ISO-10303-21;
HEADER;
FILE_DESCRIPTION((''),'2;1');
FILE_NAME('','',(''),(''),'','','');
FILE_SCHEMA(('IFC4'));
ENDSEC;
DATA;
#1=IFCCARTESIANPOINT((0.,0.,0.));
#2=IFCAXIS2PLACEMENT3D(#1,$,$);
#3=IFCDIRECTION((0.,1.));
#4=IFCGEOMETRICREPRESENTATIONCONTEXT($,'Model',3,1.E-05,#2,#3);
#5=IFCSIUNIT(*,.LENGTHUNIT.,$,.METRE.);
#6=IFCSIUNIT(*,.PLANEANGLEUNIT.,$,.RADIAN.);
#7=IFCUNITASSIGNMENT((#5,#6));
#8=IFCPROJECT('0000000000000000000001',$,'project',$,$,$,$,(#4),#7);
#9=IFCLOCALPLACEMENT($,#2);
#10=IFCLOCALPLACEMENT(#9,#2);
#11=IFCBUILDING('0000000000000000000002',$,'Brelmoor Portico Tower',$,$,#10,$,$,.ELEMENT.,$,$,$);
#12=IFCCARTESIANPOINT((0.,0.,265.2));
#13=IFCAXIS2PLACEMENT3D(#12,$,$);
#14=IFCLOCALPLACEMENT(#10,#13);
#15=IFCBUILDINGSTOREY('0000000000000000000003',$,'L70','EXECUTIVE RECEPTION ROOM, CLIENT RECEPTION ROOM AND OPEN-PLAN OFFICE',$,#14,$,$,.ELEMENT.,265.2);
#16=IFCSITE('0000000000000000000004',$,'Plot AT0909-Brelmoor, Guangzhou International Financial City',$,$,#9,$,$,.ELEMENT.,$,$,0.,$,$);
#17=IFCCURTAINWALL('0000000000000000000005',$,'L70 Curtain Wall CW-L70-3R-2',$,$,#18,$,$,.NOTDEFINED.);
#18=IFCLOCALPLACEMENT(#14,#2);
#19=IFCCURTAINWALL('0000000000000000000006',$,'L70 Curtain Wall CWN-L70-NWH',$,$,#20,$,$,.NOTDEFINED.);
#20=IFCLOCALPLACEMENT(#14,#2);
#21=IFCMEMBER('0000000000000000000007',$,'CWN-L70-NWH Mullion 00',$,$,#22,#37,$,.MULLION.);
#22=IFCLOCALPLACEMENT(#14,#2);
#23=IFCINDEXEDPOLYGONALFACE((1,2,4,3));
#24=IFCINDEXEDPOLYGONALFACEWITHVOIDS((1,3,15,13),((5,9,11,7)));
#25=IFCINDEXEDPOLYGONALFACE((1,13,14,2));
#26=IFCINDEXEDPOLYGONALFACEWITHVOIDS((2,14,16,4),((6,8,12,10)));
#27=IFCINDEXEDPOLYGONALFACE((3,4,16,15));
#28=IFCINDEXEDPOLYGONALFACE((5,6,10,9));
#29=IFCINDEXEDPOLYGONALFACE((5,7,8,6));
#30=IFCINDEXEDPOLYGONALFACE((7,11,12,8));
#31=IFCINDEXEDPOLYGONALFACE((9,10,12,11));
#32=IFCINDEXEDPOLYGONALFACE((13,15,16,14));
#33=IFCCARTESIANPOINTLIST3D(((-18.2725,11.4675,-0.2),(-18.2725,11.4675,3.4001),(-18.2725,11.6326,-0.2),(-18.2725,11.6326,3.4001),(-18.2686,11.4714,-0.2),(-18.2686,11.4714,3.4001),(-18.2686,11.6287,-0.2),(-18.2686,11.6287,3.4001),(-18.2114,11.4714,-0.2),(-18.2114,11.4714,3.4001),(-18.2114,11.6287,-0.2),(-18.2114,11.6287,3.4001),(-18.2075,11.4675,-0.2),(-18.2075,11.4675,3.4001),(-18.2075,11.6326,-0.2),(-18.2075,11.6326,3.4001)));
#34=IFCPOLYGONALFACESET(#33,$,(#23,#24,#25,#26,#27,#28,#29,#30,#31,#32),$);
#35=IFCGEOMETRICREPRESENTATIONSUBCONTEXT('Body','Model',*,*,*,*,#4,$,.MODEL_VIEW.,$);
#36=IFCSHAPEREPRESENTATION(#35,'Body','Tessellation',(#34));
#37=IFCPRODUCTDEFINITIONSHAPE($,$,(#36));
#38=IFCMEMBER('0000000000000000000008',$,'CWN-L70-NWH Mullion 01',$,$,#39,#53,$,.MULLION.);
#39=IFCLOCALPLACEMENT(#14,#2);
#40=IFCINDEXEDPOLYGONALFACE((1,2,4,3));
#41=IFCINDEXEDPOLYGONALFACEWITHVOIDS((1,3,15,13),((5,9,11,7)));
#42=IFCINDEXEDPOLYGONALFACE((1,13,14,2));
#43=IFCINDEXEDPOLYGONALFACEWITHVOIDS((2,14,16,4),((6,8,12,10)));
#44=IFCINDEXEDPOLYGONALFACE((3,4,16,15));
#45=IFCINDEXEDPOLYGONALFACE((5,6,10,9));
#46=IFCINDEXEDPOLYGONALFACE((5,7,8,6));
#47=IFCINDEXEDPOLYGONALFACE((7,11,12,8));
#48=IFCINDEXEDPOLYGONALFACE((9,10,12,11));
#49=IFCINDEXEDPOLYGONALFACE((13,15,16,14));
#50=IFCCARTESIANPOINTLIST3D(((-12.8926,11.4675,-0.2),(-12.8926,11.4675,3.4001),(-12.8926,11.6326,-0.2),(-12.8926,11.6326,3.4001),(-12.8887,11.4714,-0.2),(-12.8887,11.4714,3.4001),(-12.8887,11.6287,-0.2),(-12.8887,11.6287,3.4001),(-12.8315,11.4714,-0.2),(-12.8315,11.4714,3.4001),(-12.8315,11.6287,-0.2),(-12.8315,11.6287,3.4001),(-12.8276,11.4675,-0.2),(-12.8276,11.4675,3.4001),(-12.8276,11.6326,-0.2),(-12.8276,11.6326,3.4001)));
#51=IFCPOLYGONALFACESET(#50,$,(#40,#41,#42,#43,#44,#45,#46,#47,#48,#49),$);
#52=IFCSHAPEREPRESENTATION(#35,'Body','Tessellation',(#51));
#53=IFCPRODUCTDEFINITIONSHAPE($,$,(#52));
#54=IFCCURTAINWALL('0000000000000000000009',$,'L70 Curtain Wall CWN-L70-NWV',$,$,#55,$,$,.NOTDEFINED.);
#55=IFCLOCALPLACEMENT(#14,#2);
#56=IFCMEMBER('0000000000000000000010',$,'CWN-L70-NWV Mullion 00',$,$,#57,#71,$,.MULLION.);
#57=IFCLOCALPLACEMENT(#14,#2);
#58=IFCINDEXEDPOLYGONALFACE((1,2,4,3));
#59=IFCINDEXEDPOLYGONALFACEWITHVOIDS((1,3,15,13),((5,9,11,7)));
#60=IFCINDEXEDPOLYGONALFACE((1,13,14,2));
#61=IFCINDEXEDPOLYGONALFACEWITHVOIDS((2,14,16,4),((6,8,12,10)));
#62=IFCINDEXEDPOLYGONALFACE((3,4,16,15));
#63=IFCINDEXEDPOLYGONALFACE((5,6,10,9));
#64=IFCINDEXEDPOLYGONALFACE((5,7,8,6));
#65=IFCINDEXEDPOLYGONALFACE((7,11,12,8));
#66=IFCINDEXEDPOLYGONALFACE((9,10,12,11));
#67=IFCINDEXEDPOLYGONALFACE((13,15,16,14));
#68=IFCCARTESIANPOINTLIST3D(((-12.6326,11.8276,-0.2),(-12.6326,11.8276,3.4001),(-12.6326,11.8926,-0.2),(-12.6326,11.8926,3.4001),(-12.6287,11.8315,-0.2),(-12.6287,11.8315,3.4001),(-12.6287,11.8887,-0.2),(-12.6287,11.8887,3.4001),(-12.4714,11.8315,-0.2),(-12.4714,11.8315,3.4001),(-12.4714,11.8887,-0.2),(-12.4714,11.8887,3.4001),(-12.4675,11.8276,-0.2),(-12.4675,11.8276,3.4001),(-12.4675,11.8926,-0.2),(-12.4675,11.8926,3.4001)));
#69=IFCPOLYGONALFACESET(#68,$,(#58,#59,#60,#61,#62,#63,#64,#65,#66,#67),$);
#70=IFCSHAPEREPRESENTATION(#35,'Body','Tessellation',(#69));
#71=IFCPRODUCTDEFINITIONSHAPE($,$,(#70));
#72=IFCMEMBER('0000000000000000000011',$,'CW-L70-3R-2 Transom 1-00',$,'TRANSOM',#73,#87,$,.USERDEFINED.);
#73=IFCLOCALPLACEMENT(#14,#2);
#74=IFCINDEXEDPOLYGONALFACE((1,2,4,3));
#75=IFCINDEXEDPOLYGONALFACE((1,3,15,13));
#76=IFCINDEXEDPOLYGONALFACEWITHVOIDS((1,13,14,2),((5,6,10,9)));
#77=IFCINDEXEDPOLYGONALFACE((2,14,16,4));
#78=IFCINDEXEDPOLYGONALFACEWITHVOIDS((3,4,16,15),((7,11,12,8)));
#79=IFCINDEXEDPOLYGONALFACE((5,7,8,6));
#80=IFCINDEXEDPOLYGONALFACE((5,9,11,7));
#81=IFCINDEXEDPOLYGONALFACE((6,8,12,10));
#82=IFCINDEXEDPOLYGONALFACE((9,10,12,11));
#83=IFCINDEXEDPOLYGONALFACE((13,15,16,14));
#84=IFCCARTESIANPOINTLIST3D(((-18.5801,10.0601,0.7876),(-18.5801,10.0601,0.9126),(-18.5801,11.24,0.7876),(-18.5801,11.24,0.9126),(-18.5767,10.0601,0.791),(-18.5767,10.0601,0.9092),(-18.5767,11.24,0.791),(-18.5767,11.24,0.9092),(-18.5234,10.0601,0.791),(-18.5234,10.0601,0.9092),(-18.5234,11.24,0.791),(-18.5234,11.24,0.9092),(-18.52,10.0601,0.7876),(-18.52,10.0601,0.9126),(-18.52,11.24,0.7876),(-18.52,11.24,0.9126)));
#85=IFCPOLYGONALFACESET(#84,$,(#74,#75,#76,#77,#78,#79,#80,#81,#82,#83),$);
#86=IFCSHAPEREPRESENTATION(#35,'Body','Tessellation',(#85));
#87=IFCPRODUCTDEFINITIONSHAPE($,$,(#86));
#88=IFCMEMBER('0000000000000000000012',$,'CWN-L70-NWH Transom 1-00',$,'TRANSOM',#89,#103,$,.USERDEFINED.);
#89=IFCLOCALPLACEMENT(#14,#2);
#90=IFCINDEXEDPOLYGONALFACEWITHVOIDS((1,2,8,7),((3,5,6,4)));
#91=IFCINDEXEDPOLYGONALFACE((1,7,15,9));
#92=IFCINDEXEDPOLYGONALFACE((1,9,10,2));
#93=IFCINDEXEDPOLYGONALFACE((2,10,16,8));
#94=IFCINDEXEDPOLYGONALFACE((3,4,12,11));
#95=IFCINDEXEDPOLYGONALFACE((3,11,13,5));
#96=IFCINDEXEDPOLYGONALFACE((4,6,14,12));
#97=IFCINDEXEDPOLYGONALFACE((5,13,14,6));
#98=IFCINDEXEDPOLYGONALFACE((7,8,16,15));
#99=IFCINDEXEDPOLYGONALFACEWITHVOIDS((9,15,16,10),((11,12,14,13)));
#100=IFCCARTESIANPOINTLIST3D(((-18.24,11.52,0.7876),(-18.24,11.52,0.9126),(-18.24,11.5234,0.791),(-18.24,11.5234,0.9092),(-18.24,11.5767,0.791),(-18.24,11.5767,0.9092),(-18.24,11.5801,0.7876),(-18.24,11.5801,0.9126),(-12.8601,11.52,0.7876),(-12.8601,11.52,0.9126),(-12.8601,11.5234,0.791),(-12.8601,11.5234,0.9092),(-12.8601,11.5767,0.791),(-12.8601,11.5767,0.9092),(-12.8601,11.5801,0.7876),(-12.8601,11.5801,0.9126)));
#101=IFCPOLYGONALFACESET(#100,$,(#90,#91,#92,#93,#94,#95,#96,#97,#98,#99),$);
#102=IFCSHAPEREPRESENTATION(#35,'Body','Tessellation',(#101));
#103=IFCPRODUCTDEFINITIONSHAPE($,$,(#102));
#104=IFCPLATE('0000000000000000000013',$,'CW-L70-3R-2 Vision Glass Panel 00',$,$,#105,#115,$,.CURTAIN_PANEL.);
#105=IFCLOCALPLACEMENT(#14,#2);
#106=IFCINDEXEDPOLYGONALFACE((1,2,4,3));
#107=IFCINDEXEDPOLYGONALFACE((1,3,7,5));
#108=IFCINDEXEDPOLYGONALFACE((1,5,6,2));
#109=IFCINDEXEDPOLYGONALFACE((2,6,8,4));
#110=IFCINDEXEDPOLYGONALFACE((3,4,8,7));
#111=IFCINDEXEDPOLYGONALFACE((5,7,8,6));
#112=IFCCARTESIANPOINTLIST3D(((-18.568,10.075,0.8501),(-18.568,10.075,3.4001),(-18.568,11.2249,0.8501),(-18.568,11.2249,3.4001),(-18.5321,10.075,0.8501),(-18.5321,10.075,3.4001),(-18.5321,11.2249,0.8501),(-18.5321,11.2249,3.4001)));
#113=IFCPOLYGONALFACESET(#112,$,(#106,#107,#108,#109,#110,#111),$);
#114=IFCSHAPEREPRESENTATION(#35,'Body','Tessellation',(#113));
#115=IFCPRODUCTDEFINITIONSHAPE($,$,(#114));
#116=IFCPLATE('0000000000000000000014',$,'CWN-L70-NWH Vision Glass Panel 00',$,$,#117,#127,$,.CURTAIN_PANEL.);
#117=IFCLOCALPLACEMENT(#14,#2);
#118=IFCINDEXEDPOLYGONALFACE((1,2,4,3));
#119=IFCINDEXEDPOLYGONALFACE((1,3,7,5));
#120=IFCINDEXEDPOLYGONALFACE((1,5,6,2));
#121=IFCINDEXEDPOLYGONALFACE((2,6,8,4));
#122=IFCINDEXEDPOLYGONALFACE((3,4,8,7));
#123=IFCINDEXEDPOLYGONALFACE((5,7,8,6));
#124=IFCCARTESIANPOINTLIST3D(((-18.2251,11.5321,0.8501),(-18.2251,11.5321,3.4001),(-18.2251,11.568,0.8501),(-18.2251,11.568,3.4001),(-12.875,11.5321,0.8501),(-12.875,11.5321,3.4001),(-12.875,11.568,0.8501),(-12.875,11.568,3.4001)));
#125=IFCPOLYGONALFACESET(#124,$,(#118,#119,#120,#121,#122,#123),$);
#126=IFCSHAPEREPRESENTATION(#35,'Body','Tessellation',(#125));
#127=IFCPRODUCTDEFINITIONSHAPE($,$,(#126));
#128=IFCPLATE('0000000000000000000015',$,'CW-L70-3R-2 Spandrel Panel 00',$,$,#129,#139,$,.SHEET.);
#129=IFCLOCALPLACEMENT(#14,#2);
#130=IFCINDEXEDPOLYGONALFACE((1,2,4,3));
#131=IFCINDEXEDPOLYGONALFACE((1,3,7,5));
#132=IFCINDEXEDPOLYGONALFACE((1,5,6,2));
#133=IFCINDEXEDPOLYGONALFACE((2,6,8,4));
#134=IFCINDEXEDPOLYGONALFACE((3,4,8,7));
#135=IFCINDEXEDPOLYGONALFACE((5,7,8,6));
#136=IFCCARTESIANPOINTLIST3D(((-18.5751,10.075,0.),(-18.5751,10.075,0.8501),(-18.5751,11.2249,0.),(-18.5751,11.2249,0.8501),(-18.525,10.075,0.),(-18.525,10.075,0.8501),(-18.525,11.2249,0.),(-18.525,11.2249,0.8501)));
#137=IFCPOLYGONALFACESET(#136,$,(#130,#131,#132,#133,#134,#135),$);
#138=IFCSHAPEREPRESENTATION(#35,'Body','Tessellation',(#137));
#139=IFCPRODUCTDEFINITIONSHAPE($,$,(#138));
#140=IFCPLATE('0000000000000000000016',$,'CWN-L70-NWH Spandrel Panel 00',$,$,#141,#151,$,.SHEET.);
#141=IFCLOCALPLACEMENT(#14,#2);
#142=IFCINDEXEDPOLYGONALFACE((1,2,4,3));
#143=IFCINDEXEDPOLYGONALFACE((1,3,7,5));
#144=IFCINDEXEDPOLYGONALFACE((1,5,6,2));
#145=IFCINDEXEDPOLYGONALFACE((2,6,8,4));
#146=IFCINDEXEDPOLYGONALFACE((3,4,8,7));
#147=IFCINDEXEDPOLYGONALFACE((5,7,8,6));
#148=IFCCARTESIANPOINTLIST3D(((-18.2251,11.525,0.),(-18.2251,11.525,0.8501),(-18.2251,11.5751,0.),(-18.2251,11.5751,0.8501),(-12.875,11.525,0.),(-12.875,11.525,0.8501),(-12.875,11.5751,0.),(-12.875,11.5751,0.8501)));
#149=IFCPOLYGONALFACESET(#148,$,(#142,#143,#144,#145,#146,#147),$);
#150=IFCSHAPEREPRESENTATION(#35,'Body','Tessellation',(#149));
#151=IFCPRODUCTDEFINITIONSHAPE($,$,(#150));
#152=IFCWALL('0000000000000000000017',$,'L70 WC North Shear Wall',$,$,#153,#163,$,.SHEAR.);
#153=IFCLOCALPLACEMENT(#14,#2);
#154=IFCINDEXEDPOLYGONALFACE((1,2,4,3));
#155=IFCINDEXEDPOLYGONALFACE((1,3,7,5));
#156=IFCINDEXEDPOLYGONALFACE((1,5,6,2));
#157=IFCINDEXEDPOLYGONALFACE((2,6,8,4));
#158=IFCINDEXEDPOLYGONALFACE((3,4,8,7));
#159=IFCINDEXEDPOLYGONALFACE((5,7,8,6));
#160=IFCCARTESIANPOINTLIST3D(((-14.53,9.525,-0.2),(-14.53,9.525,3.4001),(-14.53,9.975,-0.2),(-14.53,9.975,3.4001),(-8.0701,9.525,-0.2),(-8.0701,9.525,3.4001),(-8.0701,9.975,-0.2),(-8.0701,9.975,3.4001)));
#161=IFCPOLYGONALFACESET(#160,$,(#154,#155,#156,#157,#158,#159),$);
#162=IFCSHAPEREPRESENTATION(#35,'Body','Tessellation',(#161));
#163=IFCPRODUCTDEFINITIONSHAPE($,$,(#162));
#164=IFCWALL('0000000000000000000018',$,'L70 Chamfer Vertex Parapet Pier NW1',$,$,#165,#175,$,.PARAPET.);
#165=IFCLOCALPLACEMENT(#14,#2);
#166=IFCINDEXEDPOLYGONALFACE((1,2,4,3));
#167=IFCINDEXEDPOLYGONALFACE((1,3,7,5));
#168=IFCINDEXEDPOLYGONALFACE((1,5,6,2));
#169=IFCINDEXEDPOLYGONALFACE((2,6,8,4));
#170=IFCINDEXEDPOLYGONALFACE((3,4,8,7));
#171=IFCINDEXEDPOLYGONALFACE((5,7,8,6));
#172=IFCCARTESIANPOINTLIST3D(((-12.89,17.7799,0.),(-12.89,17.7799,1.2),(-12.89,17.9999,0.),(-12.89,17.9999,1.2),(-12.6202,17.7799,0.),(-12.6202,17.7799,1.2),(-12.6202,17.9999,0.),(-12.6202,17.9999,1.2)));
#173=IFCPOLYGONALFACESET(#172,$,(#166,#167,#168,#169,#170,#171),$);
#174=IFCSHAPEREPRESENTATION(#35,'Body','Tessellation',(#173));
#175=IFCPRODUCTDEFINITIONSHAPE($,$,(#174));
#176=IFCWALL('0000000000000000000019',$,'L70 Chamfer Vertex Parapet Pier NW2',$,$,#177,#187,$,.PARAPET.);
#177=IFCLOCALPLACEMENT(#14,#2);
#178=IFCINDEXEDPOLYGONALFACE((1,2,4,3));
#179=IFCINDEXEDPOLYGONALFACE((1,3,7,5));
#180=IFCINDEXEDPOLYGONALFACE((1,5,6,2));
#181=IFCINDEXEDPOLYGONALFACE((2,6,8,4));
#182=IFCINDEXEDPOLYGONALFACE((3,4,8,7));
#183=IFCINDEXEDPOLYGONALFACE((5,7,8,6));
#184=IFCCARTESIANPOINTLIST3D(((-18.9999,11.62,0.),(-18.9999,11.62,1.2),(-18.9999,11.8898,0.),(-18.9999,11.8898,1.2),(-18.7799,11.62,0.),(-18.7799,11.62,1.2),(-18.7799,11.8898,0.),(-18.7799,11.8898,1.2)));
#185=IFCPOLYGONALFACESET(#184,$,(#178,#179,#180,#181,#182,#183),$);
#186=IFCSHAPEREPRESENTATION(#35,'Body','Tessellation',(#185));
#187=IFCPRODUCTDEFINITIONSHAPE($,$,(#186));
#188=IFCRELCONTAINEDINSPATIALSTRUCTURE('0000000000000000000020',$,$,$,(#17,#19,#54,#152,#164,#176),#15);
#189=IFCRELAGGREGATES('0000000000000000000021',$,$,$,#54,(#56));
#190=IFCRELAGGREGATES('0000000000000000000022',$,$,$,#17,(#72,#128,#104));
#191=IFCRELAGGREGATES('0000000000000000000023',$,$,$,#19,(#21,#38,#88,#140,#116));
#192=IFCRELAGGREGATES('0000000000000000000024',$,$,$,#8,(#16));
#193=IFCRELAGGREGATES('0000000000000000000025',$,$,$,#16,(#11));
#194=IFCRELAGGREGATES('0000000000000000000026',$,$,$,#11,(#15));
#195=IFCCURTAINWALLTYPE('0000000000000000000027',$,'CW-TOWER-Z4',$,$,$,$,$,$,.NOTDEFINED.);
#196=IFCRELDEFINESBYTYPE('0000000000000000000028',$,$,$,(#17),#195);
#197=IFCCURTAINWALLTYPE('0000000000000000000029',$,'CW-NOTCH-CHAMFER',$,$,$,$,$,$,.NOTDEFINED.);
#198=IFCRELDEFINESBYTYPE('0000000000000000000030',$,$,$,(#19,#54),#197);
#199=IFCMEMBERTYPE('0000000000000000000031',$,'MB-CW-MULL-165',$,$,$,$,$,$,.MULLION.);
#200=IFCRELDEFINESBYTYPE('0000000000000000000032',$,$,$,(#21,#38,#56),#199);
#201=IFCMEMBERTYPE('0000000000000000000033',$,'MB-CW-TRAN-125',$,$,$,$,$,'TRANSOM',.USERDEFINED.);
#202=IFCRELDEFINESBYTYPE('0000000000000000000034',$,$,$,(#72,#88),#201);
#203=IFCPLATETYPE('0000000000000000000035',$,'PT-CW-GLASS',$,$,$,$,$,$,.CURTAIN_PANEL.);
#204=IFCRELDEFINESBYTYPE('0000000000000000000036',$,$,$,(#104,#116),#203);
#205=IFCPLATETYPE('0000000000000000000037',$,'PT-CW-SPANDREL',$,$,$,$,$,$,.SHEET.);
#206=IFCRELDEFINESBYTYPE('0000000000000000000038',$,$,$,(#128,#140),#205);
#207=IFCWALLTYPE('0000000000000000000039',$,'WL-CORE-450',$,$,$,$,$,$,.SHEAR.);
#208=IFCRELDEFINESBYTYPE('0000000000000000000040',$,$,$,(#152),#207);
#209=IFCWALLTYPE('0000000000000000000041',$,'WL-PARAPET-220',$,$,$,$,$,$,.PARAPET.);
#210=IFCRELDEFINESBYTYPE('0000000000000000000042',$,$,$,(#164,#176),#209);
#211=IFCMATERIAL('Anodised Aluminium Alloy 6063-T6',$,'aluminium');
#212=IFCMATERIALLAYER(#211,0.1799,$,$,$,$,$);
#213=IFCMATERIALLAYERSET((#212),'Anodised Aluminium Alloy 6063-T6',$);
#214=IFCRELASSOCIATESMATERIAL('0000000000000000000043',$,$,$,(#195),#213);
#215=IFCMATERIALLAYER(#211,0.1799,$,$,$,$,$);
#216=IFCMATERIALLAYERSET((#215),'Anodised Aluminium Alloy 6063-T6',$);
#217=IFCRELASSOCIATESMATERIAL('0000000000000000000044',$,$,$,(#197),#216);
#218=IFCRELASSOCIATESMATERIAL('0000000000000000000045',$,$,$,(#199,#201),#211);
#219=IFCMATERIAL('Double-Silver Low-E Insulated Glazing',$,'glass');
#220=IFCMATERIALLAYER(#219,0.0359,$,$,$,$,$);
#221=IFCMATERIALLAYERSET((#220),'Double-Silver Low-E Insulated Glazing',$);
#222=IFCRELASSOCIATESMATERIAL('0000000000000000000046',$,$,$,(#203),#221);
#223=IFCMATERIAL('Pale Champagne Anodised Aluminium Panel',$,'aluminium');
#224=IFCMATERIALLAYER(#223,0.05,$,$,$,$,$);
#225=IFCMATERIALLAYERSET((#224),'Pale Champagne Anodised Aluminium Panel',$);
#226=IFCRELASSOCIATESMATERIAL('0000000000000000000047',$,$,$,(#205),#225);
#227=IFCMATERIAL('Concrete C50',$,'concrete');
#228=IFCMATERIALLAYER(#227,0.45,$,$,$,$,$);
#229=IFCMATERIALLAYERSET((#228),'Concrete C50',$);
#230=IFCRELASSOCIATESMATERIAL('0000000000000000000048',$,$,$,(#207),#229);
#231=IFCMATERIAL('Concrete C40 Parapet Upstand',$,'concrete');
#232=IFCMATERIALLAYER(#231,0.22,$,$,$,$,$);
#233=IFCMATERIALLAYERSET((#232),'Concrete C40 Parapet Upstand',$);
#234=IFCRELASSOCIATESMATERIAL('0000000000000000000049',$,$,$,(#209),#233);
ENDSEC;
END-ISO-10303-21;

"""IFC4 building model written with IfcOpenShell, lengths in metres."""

from ifc_helpers import new_model, si_unit, direction, frame, frame_2d, origin, origin_2d, place, context, subcontext, project, spatial, rectangle, hollow_rectangle, extrude, material, layer, layer_set, material_profile, profile_set, type_object, element, aggregate, save


model = new_model("IFC4")

# Units and contexts
model_context = context("Model", 3, precision=1e-05, world=origin(), true_north=direction((0.0, 1.0)))
body_context = subcontext(model_context, "Body", "Model", "MODEL_VIEW")
ifc_project = project(units=[si_unit("LENGTHUNIT", "METRE"), si_unit("PLANEANGLEUNIT", "RADIAN")], contexts=[model_context])

# Site, building, storey
site_placement = place(None, origin())
site = spatial("IfcSite", under=ifc_project, at=site_placement, Name="Plot AT0909-Brelmoor, Guangzhou International Financial City", CompositionType="ELEMENT", RefElevation=0.0)
building_placement = place(site_placement, origin())
building = spatial("IfcBuilding", under=site, at=building_placement, Name="Brelmoor Portico Tower", CompositionType="ELEMENT")
storey_placement = place(building_placement, frame((0.0, 0.0, 265.2)))
storey = spatial("IfcBuildingStorey", under=building, at=storey_placement, Name="L70", Description="EXECUTIVE RECEPTION ROOM, CLIENT RECEPTION ROOM AND OPEN-PLAN OFFICE", CompositionType="ELEMENT", Elevation=265.2)

# Curtain walls, members
ifc_material_1 = material(Name="Anodised Aluminium Alloy 6063-T6", Category="aluminium")
ifc_layer_1 = layer(ifc_material_1, 0.1799)
ifc_layer_set_1 = layer_set([ifc_layer_1], Name="Anodised Aluminium Alloy 6063-T6")
curtain_wall_type_1 = type_object("IfcCurtainWallType", Name="CW-TOWER-Z4", PredefinedType="NOTDEFINED", material=ifc_layer_set_1)
curtain_wall_1_placement = place(storey_placement, origin())
curtain_wall_1 = element("IfcCurtainWall", 1, at=curtain_wall_1_placement, inside=storey, type_object=curtain_wall_type_1, Name="L70 Curtain Wall CW-L70-3R-2", PredefinedType="NOTDEFINED")
ifc_layer_2 = layer(ifc_material_1, 0.1799)
ifc_layer_set_2 = layer_set([ifc_layer_2], Name="Anodised Aluminium Alloy 6063-T6")
curtain_wall_type_2 = type_object("IfcCurtainWallType", Name="CW-NOTCH-CHAMFER", PredefinedType="NOTDEFINED", material=ifc_layer_set_2)
curtain_wall_2_placement = place(storey_placement, origin())
curtain_wall_2 = element("IfcCurtainWall", 2, at=curtain_wall_2_placement, inside=storey, type_object=curtain_wall_type_2, Name="L70 Curtain Wall CWN-L70-NWH", PredefinedType="NOTDEFINED")
ifc_material_profile_1 = material_profile(ifc_material_1, hollow_rectangle(XDim=0.0649, YDim=0.165, WallThickness=0.0039, at=origin_2d()), Name="ALU MULLION 65x165")
ifc_profile_set_1 = profile_set([ifc_material_profile_1], Name="Anodised Aluminium Alloy 6063-T6")
member_type_1 = type_object("IfcMemberType", Name="MB-CW-MULL-165", PredefinedType="MULLION", material=ifc_profile_set_1)
member_1_placement = place(storey_placement, frame((-18.24, 11.55, -0.2), z_axis=(0.0, 0.0, 1.0), x_axis=(1.0, 0.0, 0.0)))
member_1 = element("IfcMember", 3, at=member_1_placement, type_object=member_type_1, Name="CWN-L70-NWH Mullion 00", PredefinedType="MULLION", context=body_context, shape_type="SweptSolid", body=[
    extrude(hollow_rectangle(XDim=0.0649, YDim=0.165, WallThickness=0.0039, at=origin_2d()), origin(), (0.0, 0.0, 1.0), 3.6001),
])
member_2_placement = place(storey_placement, frame((-12.8601, 11.55, -0.2), z_axis=(0.0, 0.0, 1.0), x_axis=(1.0, 0.0, 0.0)))
member_2 = element("IfcMember", 4, at=member_2_placement, type_object=member_type_1, Name="CWN-L70-NWH Mullion 01", PredefinedType="MULLION", context=body_context, shape_type="SweptSolid", body=[
    extrude(hollow_rectangle(XDim=0.0649, YDim=0.165, WallThickness=0.0039, at=origin_2d()), origin(), (0.0, 0.0, 1.0), 3.6001),
])

# Curtain wall, member
curtain_wall_3_placement = place(storey_placement, origin())
curtain_wall_3 = element("IfcCurtainWall", 5, at=curtain_wall_3_placement, inside=storey, type_object=curtain_wall_type_2, Name="L70 Curtain Wall CWN-L70-NWV", PredefinedType="NOTDEFINED")
member_3_placement = place(storey_placement, frame((-12.55, 11.8601, -0.2), z_axis=(0.0, 0.0, 1.0), x_axis=(0.0, 1.0, 0.0)))
member_3 = element("IfcMember", 6, at=member_3_placement, type_object=member_type_1, Name="CWN-L70-NWV Mullion 00", PredefinedType="MULLION", context=body_context, shape_type="SweptSolid", body=[
    extrude(hollow_rectangle(XDim=0.0649, YDim=0.165, WallThickness=0.0039, at=origin_2d()), origin(), (0.0, 0.0, 1.0), 3.6001),
])
aggregate(curtain_wall_3, [member_3])

# Members
ifc_material_profile_2 = material_profile(ifc_material_1, hollow_rectangle(XDim=0.0601, YDim=0.125, WallThickness=0.0034, at=origin_2d()), Name="ALU TRANSOM 60x125")
ifc_profile_set_2 = profile_set([ifc_material_profile_2], Name="Anodised Aluminium Alloy 6063-T6")
member_type_2 = type_object("IfcMemberType", Name="MB-CW-TRAN-125", ElementType="TRANSOM", PredefinedType="USERDEFINED", material=ifc_profile_set_2)
member_4_placement = place(storey_placement, frame((-18.55, 10.0601, 0.8501), z_axis=(0.0, 1.0, 0.0), x_axis=(-1.0, 0.0, 0.0)))
member_4 = element("IfcMember", 7, at=member_4_placement, type_object=member_type_2, Name="CW-L70-3R-2 Transom 1-00", ObjectType="TRANSOM", PredefinedType="USERDEFINED", context=body_context, shape_type="SweptSolid", body=[
    extrude(hollow_rectangle(XDim=0.0601, YDim=0.125, WallThickness=0.0034, at=origin_2d()), origin(), (0.0, 0.0, 1.0), 1.1799),
])
member_5_placement = place(storey_placement, frame((-18.24, 11.55, 0.8501), z_axis=(1.0, 0.0, 0.0), x_axis=(0.0, 1.0, 0.0)))
member_5 = element("IfcMember", 8, at=member_5_placement, type_object=member_type_2, Name="CWN-L70-NWH Transom 1-00", ObjectType="TRANSOM", PredefinedType="USERDEFINED", context=body_context, shape_type="SweptSolid", body=[
    extrude(hollow_rectangle(XDim=0.0601, YDim=0.125, WallThickness=0.0034, at=origin_2d()), origin(), (0.0, 0.0, 1.0), 5.3799),
])

# Plates
ifc_material_2 = material(Name="Double-Silver Low-E Insulated Glazing", Category="glass")
ifc_layer_3 = layer(ifc_material_2, 0.0359)
ifc_layer_set_3 = layer_set([ifc_layer_3], Name="Double-Silver Low-E Insulated Glazing")
plate_type_1 = type_object("IfcPlateType", Name="PT-CW-GLASS", PredefinedType="CURTAIN_PANEL", material=ifc_layer_set_3)
plate_1_placement = place(storey_placement, frame((-18.55, 10.6499, 0.8501), z_axis=(0.0, 0.0, 1.0), x_axis=(0.0, 1.0, 0.0)))
plate_1 = element("IfcPlate", 9, at=plate_1_placement, type_object=plate_type_1, Name="CW-L70-3R-2 Vision Glass Panel 00", PredefinedType="CURTAIN_PANEL", context=body_context, shape_type="SweptSolid", body=[
    extrude(rectangle(XDim=1.1499, YDim=0.0359, at=origin_2d()), origin(), (0.0, 0.0, 1.0), 2.55),
])
plate_2_placement = place(storey_placement, frame((-15.55, 11.55, 0.8501), z_axis=(0.0, 0.0, 1.0), x_axis=(1.0, 0.0, 0.0)))
plate_2 = element("IfcPlate", 10, at=plate_2_placement, type_object=plate_type_1, Name="CWN-L70-NWH Vision Glass Panel 00", PredefinedType="CURTAIN_PANEL", context=body_context, shape_type="SweptSolid", body=[
    extrude(rectangle(XDim=5.3501, YDim=0.0359, at=origin_2d()), origin(), (0.0, 0.0, 1.0), 2.55),
])
ifc_material_3 = material(Name="Pale Champagne Anodised Aluminium Panel", Category="aluminium")
ifc_layer_4 = layer(ifc_material_3, 0.05)
ifc_layer_set_4 = layer_set([ifc_layer_4], Name="Pale Champagne Anodised Aluminium Panel")
plate_type_2 = type_object("IfcPlateType", Name="PT-CW-SPANDREL", PredefinedType="SHEET", material=ifc_layer_set_4)
plate_3_placement = place(storey_placement, frame((-18.55, 10.6499, 0.0), z_axis=(0.0, 0.0, 1.0), x_axis=(0.0, 1.0, 0.0)))
plate_3 = element("IfcPlate", 11, at=plate_3_placement, type_object=plate_type_2, Name="CW-L70-3R-2 Spandrel Panel 00", PredefinedType="SHEET", context=body_context, shape_type="SweptSolid", body=[
    extrude(rectangle(XDim=1.1499, YDim=0.05, at=origin_2d()), origin(), (0.0, 0.0, 1.0), 0.8501),
])
aggregate(curtain_wall_1, [member_4, plate_3, plate_1])
plate_4_placement = place(storey_placement, frame((-15.55, 11.55, 0.0), z_axis=(0.0, 0.0, 1.0), x_axis=(1.0, 0.0, 0.0)))
plate_4 = element("IfcPlate", 12, at=plate_4_placement, type_object=plate_type_2, Name="CWN-L70-NWH Spandrel Panel 00", PredefinedType="SHEET", context=body_context, shape_type="SweptSolid", body=[
    extrude(rectangle(XDim=5.3501, YDim=0.05, at=origin_2d()), origin(), (0.0, 0.0, 1.0), 0.8501),
])
aggregate(curtain_wall_2, [member_1, member_2, member_5, plate_4, plate_2])

# Walls
ifc_material_4 = material(Name="Concrete C50", Category="concrete")
ifc_layer_5 = layer(ifc_material_4, 0.45)
ifc_layer_set_5 = layer_set([ifc_layer_5], Name="Concrete C50")
wall_type_1 = type_object("IfcWallType", Name="WL-CORE-450", PredefinedType="SHEAR", material=ifc_layer_set_5)
wall_placement = place(storey_placement, frame((-14.53, 9.75, -0.2), z_axis=(0.0, 0.0, 1.0), x_axis=(1.0, 0.0, 0.0)))
element("IfcWall", 13, at=wall_placement, inside=storey, type_object=wall_type_1, Name="L70 WC North Shear Wall", PredefinedType="SHEAR", context=body_context, shape_type="SweptSolid", body=[
    extrude(rectangle(XDim=6.46, YDim=0.45, at=frame_2d((3.23, 0.0))), origin(), (0.0, 0.0, 1.0), 3.6001),
])
ifc_material_5 = material(Name="Concrete C40 Parapet Upstand", Category="concrete")
ifc_layer_6 = layer(ifc_material_5, 0.22)
ifc_layer_set_6 = layer_set([ifc_layer_6], Name="Concrete C40 Parapet Upstand")
wall_type_2 = type_object("IfcWallType", Name="WL-PARAPET-220", PredefinedType="PARAPET", material=ifc_layer_set_6)
for number, where, z_axis, x_axis, name in (
    (14, (-12.8899, 17.8899, 0.0), (0.0, 0.0, 1.0), (1.0, 0.0, 0.0), "L70 Chamfer Vertex Parapet Pier NW1"),
    (15, (-18.8899, 11.6201, 0.0), (0.0, 0.0, 1.0), (0.0, 1.0, 0.0), "L70 Chamfer Vertex Parapet Pier NW2"),
):
    element("IfcWall", number, at=place(storey_placement, frame(where, z_axis=z_axis, x_axis=x_axis)), inside=storey, type_object=wall_type_2, Name=name, PredefinedType="PARAPET", context=body_context, shape_type="SweptSolid", body=[
        extrude(rectangle(XDim=0.2698, YDim=0.22, at=frame_2d((0.1348, 0.0))), origin(), (0.0, 0.0, 1.0), 1.2),
    ])

save(model, "model.ifc")
